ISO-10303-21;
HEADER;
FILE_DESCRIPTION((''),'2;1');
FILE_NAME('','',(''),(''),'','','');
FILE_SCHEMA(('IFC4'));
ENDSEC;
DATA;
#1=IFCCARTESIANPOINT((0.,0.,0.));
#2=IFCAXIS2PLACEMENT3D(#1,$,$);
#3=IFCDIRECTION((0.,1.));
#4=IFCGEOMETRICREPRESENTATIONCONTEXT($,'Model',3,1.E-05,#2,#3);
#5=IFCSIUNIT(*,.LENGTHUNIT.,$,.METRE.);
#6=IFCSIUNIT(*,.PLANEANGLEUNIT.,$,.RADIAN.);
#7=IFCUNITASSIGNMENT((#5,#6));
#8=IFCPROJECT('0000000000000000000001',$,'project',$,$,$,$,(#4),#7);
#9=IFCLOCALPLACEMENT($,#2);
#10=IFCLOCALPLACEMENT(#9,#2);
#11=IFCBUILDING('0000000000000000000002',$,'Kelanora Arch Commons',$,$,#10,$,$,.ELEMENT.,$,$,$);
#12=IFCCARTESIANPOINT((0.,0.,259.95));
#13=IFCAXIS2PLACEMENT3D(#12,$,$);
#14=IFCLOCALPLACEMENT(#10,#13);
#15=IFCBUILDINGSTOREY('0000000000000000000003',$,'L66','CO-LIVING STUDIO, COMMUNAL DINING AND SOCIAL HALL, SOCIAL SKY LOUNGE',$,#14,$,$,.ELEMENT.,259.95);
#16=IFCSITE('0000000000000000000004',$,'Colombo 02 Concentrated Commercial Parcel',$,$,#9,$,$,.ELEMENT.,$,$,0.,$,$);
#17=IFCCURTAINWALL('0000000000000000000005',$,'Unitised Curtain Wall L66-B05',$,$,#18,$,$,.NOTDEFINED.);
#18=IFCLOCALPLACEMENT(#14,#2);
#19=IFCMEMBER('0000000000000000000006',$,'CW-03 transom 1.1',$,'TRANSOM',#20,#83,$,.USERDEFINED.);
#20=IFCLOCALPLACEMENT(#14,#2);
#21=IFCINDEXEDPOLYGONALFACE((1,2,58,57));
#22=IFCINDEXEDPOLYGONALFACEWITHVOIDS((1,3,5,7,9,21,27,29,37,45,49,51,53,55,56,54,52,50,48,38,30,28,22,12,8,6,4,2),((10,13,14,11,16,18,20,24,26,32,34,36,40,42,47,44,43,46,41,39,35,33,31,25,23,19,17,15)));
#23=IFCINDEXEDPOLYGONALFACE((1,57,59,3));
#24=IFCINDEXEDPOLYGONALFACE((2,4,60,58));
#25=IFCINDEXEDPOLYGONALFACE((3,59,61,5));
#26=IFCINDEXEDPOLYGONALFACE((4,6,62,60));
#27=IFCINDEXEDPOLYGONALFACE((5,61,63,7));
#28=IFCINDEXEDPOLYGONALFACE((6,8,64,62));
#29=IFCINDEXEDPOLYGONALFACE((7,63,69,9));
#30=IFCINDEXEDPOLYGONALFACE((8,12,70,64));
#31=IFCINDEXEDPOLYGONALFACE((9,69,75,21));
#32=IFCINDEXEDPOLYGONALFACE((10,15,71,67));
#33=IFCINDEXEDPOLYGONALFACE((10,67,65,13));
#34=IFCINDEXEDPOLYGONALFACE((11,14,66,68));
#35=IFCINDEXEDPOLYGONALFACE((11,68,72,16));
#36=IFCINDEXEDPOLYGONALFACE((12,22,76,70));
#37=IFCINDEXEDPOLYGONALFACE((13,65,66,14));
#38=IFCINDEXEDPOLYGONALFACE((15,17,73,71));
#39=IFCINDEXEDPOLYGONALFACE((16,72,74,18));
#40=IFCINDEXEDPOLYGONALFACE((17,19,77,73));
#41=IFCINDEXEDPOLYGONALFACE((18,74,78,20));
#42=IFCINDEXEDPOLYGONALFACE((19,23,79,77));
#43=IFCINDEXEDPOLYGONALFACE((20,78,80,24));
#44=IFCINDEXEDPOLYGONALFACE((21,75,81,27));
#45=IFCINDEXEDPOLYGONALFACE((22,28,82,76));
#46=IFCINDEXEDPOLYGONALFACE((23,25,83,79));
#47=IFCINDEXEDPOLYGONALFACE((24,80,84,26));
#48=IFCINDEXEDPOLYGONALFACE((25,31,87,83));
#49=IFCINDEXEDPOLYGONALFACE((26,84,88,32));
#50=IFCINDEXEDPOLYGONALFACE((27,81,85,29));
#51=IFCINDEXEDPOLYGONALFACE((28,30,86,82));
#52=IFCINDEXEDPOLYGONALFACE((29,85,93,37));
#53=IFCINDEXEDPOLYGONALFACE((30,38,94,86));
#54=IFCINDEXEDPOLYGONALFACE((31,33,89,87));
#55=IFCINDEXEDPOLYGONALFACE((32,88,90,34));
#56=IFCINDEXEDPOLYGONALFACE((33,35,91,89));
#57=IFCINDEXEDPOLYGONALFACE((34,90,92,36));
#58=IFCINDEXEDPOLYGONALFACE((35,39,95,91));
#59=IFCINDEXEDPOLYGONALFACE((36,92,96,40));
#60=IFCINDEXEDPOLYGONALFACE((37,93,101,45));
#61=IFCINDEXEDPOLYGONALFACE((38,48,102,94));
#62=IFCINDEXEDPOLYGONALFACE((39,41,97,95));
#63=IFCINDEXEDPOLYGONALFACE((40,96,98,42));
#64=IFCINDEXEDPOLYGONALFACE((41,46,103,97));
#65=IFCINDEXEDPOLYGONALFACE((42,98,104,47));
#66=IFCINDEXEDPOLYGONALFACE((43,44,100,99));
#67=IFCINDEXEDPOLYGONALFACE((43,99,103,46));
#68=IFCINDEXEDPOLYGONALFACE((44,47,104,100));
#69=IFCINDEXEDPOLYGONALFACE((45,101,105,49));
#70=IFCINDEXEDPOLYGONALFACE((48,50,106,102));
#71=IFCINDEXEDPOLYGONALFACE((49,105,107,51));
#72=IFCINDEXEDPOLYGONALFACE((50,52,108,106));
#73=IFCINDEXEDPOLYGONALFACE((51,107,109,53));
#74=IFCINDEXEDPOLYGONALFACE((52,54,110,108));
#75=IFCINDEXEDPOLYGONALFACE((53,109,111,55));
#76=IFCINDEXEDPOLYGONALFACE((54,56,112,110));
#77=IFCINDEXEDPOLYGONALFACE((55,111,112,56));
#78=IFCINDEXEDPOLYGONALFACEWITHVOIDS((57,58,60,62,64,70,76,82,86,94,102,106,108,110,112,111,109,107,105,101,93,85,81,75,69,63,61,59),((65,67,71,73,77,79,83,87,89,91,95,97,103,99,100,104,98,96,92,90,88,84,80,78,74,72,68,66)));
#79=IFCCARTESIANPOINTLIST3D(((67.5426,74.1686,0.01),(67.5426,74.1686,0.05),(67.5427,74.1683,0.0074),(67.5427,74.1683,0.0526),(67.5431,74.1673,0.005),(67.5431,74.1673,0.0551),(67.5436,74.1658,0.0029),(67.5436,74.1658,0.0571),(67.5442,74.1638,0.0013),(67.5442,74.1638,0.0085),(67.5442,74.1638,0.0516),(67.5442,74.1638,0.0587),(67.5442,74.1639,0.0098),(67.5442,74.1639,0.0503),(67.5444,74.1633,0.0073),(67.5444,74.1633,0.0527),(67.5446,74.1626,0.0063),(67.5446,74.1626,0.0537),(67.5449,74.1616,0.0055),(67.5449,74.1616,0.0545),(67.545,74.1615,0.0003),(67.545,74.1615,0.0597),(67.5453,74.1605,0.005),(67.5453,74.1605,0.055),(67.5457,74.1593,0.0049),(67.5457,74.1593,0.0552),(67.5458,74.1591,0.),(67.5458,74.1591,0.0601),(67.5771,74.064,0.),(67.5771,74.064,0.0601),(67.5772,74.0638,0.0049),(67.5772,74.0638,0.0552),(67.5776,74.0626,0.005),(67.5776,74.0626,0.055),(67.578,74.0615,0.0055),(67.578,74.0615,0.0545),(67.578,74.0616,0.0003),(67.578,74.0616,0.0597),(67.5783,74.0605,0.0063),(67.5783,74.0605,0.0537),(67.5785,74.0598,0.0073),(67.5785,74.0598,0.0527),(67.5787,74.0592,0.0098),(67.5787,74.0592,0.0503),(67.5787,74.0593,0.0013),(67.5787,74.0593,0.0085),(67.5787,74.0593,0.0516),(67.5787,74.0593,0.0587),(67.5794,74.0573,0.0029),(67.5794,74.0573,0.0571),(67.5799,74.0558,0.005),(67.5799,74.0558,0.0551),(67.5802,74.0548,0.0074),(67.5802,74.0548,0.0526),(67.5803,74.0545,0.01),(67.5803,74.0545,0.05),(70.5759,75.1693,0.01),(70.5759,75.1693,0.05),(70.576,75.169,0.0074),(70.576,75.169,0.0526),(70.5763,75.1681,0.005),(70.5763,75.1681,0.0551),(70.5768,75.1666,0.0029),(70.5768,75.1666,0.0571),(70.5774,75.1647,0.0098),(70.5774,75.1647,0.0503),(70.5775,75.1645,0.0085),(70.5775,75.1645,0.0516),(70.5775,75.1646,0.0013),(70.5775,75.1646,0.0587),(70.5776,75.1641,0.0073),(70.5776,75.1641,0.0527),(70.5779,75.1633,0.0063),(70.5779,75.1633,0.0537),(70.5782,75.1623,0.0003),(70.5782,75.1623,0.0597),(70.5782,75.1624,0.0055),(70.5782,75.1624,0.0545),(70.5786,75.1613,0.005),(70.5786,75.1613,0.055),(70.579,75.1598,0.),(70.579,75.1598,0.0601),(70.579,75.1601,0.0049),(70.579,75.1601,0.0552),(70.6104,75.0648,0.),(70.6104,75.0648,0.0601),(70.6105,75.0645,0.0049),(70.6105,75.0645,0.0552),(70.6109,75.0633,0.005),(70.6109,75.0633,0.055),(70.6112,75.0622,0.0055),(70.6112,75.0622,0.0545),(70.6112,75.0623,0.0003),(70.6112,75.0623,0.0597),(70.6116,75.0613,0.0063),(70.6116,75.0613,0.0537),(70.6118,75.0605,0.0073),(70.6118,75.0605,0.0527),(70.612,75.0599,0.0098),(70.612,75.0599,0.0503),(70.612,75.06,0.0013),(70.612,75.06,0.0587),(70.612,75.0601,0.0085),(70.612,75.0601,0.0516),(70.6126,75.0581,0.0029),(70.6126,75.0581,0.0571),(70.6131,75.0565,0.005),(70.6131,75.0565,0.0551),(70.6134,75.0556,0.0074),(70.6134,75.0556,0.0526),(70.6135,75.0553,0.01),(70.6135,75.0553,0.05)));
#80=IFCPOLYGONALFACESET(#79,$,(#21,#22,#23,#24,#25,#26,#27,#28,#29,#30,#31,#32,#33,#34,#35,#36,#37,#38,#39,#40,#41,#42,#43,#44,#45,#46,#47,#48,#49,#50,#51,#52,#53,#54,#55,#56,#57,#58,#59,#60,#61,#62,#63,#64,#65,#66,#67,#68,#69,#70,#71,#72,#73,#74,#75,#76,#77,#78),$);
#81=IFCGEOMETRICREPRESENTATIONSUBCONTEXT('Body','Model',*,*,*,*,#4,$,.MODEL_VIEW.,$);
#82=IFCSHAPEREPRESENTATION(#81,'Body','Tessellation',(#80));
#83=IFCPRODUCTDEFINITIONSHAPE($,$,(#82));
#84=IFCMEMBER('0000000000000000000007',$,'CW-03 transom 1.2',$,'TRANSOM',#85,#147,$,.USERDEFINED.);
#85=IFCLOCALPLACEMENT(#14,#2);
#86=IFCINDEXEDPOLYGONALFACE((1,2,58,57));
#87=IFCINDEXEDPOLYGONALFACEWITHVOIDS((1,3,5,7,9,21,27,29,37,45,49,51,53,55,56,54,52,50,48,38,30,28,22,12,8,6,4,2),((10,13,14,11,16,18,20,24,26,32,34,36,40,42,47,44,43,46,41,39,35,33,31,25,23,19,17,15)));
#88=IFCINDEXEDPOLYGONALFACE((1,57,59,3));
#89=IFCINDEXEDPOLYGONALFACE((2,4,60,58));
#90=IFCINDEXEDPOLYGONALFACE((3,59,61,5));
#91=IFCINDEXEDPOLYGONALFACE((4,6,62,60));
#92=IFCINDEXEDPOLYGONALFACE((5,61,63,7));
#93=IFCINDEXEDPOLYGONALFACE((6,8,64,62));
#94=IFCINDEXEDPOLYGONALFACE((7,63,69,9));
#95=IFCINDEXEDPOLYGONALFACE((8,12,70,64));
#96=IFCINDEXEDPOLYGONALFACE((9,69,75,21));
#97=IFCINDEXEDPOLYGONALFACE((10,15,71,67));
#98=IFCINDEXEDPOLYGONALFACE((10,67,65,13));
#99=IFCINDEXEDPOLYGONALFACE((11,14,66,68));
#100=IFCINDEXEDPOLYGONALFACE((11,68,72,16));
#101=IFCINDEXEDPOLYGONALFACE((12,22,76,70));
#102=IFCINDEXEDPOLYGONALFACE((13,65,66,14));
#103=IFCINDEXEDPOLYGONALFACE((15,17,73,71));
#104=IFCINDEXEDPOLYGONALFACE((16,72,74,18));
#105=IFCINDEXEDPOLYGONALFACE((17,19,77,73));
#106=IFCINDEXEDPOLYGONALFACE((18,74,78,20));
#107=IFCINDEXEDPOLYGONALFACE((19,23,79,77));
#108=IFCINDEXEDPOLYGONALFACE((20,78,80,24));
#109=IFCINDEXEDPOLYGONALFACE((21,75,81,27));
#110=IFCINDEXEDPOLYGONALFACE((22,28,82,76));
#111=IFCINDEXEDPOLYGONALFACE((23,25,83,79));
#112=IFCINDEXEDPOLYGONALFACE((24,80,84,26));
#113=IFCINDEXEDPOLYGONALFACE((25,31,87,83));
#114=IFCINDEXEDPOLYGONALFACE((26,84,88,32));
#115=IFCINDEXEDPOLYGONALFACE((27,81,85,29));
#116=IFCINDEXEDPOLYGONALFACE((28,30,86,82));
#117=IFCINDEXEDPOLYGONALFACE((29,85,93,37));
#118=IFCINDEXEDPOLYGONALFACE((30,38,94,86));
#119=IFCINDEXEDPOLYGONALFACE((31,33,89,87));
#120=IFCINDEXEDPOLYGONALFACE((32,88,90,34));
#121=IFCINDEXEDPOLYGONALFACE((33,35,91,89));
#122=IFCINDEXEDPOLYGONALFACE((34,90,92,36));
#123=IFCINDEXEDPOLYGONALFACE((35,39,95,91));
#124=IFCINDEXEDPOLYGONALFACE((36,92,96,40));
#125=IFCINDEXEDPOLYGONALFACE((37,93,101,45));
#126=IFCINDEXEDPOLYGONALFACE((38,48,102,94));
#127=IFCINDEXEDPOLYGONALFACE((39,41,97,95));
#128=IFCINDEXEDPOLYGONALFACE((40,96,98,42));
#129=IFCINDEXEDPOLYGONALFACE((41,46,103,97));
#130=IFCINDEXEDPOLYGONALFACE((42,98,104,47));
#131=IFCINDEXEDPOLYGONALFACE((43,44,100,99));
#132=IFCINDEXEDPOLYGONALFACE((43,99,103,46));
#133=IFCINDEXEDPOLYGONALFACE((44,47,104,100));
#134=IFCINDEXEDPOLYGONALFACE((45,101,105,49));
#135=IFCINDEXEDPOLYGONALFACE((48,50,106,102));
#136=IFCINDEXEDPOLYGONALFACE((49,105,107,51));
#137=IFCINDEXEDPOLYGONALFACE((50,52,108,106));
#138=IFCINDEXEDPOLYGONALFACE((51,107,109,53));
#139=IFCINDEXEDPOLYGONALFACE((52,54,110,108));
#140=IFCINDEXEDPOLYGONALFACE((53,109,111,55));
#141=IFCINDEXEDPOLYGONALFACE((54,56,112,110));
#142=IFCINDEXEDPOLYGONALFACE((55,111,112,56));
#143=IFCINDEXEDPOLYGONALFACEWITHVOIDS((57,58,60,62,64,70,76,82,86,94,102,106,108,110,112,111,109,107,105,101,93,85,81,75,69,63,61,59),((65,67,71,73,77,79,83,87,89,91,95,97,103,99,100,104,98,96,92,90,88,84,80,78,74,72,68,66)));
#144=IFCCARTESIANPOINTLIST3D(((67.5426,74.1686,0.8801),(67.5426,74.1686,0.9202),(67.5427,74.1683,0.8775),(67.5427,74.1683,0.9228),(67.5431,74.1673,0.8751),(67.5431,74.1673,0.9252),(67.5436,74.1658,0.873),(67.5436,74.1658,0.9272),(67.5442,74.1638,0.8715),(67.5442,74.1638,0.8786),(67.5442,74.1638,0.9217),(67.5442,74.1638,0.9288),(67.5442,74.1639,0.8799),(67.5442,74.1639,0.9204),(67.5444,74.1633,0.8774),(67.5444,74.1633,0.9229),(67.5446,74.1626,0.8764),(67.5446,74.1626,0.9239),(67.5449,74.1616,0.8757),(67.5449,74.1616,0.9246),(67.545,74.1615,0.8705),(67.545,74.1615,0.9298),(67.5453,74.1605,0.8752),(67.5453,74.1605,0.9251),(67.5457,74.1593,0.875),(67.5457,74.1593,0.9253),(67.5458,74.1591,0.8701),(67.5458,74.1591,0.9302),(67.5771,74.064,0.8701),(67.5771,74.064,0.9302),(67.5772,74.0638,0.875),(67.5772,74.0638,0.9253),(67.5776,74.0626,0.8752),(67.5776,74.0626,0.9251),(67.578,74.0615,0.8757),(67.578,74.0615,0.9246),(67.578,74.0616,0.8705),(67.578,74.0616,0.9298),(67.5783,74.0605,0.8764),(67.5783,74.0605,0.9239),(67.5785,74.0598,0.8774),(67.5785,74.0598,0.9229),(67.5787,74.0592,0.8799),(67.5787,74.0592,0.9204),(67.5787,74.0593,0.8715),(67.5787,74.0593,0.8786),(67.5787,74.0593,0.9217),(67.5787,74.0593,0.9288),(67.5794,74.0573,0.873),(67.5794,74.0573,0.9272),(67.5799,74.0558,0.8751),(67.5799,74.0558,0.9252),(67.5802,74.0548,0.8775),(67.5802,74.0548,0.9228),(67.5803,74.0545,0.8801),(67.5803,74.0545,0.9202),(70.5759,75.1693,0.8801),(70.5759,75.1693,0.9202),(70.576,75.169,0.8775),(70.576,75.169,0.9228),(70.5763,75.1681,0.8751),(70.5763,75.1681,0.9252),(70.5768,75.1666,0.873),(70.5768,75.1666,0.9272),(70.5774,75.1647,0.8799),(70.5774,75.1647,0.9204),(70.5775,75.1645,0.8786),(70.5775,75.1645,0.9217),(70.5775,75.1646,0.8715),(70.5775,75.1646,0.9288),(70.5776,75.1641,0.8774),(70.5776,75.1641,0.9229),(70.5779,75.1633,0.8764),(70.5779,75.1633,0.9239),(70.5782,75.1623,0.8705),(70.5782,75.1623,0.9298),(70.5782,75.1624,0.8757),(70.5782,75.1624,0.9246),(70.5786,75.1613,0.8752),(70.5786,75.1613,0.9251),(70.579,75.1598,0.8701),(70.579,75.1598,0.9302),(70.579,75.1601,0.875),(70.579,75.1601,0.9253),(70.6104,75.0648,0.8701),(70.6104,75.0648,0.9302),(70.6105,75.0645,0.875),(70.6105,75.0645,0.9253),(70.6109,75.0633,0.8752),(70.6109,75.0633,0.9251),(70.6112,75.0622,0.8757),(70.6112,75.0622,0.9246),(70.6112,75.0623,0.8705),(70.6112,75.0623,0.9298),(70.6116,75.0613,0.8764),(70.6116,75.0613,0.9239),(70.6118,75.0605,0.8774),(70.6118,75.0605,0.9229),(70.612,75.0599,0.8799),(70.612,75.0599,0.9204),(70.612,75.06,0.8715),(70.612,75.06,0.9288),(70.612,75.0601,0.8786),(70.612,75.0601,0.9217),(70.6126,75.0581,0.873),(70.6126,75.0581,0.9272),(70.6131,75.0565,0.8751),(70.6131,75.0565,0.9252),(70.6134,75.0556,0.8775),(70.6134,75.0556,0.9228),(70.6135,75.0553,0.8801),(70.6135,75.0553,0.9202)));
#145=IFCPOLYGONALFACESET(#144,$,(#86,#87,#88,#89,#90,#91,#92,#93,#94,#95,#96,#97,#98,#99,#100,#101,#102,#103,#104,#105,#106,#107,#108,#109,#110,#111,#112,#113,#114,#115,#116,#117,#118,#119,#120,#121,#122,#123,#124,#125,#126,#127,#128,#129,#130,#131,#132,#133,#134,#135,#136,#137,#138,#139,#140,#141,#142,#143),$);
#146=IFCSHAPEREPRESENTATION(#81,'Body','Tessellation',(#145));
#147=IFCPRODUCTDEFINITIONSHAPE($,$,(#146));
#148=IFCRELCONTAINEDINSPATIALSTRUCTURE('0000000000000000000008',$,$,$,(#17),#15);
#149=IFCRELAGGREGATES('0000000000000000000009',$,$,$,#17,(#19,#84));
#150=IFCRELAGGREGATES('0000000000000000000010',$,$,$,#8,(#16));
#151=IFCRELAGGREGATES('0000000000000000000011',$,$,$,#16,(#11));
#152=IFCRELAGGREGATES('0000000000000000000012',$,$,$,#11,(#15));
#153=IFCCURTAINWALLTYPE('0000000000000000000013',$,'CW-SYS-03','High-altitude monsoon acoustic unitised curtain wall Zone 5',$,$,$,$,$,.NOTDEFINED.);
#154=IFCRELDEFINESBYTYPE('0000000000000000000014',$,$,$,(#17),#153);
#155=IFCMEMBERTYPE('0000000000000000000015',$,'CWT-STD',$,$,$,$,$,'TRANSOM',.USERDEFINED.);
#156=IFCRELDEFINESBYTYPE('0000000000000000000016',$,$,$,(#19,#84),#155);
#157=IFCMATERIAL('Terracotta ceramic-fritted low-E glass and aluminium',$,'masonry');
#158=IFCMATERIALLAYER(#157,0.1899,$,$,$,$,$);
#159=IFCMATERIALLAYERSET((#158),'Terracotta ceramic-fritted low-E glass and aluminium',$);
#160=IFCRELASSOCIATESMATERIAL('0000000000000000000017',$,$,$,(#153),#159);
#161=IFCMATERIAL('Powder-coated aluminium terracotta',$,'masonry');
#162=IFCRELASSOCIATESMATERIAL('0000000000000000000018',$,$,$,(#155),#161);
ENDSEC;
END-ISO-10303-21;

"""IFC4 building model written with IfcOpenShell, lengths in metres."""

from ifc_helpers import new_model, si_unit, direction, frame, origin, origin_2d, place, context, subcontext, project, spatial, hollow_rectangle, extrude, material, layer, layer_set, material_profile, profile_set, type_object, element, aggregate, save


model = new_model("IFC4")

# Units and contexts
model_context = context("Model", 3, precision=1e-05, world=origin(), true_north=direction((0.0, 1.0)))
body_context = subcontext(model_context, "Body", "Model", "MODEL_VIEW")
ifc_project = project(units=[si_unit("LENGTHUNIT", "METRE"), si_unit("PLANEANGLEUNIT", "RADIAN")], contexts=[model_context])

# Site, building, storey
site_placement = place(None, origin())
site = spatial("IfcSite", under=ifc_project, at=site_placement, Name="Colombo 02 Concentrated Commercial Parcel", CompositionType="ELEMENT", RefElevation=0.0)
building_placement = place(site_placement, origin())
building = spatial("IfcBuilding", under=site, at=building_placement, Name="Kelanora Arch Commons", CompositionType="ELEMENT")
storey_placement = place(building_placement, frame((0.0, 0.0, 259.95)))
storey = spatial("IfcBuildingStorey", under=building, at=storey_placement, Name="L66", Description="CO-LIVING STUDIO, COMMUNAL DINING AND SOCIAL HALL, SOCIAL SKY LOUNGE", CompositionType="ELEMENT", Elevation=259.95)

# Curtain wall, members
ifc_material_1 = material(Name="Terracotta ceramic-fritted low-E glass and aluminium", Category="masonry")
ifc_layer_1 = layer(ifc_material_1, 0.1899)
ifc_layer_set_1 = layer_set([ifc_layer_1], Name="Terracotta ceramic-fritted low-E glass and aluminium")
curtain_wall_type = type_object("IfcCurtainWallType", Name="CW-SYS-03", Description="High-altitude monsoon acoustic unitised curtain wall Zone 5", PredefinedType="NOTDEFINED", material=ifc_layer_set_1)
curtain_wall_placement = place(storey_placement, origin())
curtain_wall = element("IfcCurtainWall", 1, at=curtain_wall_placement, inside=storey, type_object=curtain_wall_type, Name="Unitised Curtain Wall L66-B05", PredefinedType="NOTDEFINED")
ifc_material_2 = material(Name="Powder-coated aluminium terracotta", Category="masonry")
ifc_material_profile_1 = material_profile(ifc_material_2, hollow_rectangle(XDim=0.1201, YDim=0.0601, WallThickness=0.0049, InnerFilletRadius=0.0049, OuterFilletRadius=0.01, at=origin_2d()), Name="CWT120x60")
ifc_profile_set_1 = profile_set([ifc_material_profile_1], Name="Powder-coated aluminium terracotta")
member_type_1 = type_object("IfcMemberType", Name="CWT-STD", ElementType="TRANSOM", PredefinedType="USERDEFINED", material=ifc_profile_set_1)
member_1_placement = place(storey_placement, frame((70.5947, 75.1123, 0.03), z_axis=(-0.94965, -0.313314, 0.0), x_axis=(0.313314, -0.94965, 0.0)))
member_1 = element("IfcMember", 2, at=member_1_placement, type_object=member_type_1, Name="CW-03 transom 1.1", ObjectType="TRANSOM", PredefinedType="USERDEFINED", context=body_context, shape_type="SweptSolid", body=[
    extrude(hollow_rectangle(XDim=0.1201, YDim=0.0601, WallThickness=0.0049, InnerFilletRadius=0.0049, OuterFilletRadius=0.01, at=origin_2d()), origin(), (0.0, 0.0, 1.0), 3.1941),
])
member_2_placement = place(storey_placement, frame((70.5947, 75.1123, 0.9001), z_axis=(-0.94965, -0.313314, 0.0), x_axis=(0.313314, -0.94965, 0.0)))
member_2 = element("IfcMember", 3, at=member_2_placement, type_object=member_type_1, Name="CW-03 transom 1.2", ObjectType="TRANSOM", PredefinedType="USERDEFINED", context=body_context, shape_type="SweptSolid", body=[
    extrude(hollow_rectangle(XDim=0.1201, YDim=0.0601, WallThickness=0.0049, InnerFilletRadius=0.0049, OuterFilletRadius=0.01, at=origin_2d()), origin(), (0.0, 0.0, 1.0), 3.1941),
])
aggregate(curtain_wall, [member_1, member_2])

save(model, "model.ifc")
